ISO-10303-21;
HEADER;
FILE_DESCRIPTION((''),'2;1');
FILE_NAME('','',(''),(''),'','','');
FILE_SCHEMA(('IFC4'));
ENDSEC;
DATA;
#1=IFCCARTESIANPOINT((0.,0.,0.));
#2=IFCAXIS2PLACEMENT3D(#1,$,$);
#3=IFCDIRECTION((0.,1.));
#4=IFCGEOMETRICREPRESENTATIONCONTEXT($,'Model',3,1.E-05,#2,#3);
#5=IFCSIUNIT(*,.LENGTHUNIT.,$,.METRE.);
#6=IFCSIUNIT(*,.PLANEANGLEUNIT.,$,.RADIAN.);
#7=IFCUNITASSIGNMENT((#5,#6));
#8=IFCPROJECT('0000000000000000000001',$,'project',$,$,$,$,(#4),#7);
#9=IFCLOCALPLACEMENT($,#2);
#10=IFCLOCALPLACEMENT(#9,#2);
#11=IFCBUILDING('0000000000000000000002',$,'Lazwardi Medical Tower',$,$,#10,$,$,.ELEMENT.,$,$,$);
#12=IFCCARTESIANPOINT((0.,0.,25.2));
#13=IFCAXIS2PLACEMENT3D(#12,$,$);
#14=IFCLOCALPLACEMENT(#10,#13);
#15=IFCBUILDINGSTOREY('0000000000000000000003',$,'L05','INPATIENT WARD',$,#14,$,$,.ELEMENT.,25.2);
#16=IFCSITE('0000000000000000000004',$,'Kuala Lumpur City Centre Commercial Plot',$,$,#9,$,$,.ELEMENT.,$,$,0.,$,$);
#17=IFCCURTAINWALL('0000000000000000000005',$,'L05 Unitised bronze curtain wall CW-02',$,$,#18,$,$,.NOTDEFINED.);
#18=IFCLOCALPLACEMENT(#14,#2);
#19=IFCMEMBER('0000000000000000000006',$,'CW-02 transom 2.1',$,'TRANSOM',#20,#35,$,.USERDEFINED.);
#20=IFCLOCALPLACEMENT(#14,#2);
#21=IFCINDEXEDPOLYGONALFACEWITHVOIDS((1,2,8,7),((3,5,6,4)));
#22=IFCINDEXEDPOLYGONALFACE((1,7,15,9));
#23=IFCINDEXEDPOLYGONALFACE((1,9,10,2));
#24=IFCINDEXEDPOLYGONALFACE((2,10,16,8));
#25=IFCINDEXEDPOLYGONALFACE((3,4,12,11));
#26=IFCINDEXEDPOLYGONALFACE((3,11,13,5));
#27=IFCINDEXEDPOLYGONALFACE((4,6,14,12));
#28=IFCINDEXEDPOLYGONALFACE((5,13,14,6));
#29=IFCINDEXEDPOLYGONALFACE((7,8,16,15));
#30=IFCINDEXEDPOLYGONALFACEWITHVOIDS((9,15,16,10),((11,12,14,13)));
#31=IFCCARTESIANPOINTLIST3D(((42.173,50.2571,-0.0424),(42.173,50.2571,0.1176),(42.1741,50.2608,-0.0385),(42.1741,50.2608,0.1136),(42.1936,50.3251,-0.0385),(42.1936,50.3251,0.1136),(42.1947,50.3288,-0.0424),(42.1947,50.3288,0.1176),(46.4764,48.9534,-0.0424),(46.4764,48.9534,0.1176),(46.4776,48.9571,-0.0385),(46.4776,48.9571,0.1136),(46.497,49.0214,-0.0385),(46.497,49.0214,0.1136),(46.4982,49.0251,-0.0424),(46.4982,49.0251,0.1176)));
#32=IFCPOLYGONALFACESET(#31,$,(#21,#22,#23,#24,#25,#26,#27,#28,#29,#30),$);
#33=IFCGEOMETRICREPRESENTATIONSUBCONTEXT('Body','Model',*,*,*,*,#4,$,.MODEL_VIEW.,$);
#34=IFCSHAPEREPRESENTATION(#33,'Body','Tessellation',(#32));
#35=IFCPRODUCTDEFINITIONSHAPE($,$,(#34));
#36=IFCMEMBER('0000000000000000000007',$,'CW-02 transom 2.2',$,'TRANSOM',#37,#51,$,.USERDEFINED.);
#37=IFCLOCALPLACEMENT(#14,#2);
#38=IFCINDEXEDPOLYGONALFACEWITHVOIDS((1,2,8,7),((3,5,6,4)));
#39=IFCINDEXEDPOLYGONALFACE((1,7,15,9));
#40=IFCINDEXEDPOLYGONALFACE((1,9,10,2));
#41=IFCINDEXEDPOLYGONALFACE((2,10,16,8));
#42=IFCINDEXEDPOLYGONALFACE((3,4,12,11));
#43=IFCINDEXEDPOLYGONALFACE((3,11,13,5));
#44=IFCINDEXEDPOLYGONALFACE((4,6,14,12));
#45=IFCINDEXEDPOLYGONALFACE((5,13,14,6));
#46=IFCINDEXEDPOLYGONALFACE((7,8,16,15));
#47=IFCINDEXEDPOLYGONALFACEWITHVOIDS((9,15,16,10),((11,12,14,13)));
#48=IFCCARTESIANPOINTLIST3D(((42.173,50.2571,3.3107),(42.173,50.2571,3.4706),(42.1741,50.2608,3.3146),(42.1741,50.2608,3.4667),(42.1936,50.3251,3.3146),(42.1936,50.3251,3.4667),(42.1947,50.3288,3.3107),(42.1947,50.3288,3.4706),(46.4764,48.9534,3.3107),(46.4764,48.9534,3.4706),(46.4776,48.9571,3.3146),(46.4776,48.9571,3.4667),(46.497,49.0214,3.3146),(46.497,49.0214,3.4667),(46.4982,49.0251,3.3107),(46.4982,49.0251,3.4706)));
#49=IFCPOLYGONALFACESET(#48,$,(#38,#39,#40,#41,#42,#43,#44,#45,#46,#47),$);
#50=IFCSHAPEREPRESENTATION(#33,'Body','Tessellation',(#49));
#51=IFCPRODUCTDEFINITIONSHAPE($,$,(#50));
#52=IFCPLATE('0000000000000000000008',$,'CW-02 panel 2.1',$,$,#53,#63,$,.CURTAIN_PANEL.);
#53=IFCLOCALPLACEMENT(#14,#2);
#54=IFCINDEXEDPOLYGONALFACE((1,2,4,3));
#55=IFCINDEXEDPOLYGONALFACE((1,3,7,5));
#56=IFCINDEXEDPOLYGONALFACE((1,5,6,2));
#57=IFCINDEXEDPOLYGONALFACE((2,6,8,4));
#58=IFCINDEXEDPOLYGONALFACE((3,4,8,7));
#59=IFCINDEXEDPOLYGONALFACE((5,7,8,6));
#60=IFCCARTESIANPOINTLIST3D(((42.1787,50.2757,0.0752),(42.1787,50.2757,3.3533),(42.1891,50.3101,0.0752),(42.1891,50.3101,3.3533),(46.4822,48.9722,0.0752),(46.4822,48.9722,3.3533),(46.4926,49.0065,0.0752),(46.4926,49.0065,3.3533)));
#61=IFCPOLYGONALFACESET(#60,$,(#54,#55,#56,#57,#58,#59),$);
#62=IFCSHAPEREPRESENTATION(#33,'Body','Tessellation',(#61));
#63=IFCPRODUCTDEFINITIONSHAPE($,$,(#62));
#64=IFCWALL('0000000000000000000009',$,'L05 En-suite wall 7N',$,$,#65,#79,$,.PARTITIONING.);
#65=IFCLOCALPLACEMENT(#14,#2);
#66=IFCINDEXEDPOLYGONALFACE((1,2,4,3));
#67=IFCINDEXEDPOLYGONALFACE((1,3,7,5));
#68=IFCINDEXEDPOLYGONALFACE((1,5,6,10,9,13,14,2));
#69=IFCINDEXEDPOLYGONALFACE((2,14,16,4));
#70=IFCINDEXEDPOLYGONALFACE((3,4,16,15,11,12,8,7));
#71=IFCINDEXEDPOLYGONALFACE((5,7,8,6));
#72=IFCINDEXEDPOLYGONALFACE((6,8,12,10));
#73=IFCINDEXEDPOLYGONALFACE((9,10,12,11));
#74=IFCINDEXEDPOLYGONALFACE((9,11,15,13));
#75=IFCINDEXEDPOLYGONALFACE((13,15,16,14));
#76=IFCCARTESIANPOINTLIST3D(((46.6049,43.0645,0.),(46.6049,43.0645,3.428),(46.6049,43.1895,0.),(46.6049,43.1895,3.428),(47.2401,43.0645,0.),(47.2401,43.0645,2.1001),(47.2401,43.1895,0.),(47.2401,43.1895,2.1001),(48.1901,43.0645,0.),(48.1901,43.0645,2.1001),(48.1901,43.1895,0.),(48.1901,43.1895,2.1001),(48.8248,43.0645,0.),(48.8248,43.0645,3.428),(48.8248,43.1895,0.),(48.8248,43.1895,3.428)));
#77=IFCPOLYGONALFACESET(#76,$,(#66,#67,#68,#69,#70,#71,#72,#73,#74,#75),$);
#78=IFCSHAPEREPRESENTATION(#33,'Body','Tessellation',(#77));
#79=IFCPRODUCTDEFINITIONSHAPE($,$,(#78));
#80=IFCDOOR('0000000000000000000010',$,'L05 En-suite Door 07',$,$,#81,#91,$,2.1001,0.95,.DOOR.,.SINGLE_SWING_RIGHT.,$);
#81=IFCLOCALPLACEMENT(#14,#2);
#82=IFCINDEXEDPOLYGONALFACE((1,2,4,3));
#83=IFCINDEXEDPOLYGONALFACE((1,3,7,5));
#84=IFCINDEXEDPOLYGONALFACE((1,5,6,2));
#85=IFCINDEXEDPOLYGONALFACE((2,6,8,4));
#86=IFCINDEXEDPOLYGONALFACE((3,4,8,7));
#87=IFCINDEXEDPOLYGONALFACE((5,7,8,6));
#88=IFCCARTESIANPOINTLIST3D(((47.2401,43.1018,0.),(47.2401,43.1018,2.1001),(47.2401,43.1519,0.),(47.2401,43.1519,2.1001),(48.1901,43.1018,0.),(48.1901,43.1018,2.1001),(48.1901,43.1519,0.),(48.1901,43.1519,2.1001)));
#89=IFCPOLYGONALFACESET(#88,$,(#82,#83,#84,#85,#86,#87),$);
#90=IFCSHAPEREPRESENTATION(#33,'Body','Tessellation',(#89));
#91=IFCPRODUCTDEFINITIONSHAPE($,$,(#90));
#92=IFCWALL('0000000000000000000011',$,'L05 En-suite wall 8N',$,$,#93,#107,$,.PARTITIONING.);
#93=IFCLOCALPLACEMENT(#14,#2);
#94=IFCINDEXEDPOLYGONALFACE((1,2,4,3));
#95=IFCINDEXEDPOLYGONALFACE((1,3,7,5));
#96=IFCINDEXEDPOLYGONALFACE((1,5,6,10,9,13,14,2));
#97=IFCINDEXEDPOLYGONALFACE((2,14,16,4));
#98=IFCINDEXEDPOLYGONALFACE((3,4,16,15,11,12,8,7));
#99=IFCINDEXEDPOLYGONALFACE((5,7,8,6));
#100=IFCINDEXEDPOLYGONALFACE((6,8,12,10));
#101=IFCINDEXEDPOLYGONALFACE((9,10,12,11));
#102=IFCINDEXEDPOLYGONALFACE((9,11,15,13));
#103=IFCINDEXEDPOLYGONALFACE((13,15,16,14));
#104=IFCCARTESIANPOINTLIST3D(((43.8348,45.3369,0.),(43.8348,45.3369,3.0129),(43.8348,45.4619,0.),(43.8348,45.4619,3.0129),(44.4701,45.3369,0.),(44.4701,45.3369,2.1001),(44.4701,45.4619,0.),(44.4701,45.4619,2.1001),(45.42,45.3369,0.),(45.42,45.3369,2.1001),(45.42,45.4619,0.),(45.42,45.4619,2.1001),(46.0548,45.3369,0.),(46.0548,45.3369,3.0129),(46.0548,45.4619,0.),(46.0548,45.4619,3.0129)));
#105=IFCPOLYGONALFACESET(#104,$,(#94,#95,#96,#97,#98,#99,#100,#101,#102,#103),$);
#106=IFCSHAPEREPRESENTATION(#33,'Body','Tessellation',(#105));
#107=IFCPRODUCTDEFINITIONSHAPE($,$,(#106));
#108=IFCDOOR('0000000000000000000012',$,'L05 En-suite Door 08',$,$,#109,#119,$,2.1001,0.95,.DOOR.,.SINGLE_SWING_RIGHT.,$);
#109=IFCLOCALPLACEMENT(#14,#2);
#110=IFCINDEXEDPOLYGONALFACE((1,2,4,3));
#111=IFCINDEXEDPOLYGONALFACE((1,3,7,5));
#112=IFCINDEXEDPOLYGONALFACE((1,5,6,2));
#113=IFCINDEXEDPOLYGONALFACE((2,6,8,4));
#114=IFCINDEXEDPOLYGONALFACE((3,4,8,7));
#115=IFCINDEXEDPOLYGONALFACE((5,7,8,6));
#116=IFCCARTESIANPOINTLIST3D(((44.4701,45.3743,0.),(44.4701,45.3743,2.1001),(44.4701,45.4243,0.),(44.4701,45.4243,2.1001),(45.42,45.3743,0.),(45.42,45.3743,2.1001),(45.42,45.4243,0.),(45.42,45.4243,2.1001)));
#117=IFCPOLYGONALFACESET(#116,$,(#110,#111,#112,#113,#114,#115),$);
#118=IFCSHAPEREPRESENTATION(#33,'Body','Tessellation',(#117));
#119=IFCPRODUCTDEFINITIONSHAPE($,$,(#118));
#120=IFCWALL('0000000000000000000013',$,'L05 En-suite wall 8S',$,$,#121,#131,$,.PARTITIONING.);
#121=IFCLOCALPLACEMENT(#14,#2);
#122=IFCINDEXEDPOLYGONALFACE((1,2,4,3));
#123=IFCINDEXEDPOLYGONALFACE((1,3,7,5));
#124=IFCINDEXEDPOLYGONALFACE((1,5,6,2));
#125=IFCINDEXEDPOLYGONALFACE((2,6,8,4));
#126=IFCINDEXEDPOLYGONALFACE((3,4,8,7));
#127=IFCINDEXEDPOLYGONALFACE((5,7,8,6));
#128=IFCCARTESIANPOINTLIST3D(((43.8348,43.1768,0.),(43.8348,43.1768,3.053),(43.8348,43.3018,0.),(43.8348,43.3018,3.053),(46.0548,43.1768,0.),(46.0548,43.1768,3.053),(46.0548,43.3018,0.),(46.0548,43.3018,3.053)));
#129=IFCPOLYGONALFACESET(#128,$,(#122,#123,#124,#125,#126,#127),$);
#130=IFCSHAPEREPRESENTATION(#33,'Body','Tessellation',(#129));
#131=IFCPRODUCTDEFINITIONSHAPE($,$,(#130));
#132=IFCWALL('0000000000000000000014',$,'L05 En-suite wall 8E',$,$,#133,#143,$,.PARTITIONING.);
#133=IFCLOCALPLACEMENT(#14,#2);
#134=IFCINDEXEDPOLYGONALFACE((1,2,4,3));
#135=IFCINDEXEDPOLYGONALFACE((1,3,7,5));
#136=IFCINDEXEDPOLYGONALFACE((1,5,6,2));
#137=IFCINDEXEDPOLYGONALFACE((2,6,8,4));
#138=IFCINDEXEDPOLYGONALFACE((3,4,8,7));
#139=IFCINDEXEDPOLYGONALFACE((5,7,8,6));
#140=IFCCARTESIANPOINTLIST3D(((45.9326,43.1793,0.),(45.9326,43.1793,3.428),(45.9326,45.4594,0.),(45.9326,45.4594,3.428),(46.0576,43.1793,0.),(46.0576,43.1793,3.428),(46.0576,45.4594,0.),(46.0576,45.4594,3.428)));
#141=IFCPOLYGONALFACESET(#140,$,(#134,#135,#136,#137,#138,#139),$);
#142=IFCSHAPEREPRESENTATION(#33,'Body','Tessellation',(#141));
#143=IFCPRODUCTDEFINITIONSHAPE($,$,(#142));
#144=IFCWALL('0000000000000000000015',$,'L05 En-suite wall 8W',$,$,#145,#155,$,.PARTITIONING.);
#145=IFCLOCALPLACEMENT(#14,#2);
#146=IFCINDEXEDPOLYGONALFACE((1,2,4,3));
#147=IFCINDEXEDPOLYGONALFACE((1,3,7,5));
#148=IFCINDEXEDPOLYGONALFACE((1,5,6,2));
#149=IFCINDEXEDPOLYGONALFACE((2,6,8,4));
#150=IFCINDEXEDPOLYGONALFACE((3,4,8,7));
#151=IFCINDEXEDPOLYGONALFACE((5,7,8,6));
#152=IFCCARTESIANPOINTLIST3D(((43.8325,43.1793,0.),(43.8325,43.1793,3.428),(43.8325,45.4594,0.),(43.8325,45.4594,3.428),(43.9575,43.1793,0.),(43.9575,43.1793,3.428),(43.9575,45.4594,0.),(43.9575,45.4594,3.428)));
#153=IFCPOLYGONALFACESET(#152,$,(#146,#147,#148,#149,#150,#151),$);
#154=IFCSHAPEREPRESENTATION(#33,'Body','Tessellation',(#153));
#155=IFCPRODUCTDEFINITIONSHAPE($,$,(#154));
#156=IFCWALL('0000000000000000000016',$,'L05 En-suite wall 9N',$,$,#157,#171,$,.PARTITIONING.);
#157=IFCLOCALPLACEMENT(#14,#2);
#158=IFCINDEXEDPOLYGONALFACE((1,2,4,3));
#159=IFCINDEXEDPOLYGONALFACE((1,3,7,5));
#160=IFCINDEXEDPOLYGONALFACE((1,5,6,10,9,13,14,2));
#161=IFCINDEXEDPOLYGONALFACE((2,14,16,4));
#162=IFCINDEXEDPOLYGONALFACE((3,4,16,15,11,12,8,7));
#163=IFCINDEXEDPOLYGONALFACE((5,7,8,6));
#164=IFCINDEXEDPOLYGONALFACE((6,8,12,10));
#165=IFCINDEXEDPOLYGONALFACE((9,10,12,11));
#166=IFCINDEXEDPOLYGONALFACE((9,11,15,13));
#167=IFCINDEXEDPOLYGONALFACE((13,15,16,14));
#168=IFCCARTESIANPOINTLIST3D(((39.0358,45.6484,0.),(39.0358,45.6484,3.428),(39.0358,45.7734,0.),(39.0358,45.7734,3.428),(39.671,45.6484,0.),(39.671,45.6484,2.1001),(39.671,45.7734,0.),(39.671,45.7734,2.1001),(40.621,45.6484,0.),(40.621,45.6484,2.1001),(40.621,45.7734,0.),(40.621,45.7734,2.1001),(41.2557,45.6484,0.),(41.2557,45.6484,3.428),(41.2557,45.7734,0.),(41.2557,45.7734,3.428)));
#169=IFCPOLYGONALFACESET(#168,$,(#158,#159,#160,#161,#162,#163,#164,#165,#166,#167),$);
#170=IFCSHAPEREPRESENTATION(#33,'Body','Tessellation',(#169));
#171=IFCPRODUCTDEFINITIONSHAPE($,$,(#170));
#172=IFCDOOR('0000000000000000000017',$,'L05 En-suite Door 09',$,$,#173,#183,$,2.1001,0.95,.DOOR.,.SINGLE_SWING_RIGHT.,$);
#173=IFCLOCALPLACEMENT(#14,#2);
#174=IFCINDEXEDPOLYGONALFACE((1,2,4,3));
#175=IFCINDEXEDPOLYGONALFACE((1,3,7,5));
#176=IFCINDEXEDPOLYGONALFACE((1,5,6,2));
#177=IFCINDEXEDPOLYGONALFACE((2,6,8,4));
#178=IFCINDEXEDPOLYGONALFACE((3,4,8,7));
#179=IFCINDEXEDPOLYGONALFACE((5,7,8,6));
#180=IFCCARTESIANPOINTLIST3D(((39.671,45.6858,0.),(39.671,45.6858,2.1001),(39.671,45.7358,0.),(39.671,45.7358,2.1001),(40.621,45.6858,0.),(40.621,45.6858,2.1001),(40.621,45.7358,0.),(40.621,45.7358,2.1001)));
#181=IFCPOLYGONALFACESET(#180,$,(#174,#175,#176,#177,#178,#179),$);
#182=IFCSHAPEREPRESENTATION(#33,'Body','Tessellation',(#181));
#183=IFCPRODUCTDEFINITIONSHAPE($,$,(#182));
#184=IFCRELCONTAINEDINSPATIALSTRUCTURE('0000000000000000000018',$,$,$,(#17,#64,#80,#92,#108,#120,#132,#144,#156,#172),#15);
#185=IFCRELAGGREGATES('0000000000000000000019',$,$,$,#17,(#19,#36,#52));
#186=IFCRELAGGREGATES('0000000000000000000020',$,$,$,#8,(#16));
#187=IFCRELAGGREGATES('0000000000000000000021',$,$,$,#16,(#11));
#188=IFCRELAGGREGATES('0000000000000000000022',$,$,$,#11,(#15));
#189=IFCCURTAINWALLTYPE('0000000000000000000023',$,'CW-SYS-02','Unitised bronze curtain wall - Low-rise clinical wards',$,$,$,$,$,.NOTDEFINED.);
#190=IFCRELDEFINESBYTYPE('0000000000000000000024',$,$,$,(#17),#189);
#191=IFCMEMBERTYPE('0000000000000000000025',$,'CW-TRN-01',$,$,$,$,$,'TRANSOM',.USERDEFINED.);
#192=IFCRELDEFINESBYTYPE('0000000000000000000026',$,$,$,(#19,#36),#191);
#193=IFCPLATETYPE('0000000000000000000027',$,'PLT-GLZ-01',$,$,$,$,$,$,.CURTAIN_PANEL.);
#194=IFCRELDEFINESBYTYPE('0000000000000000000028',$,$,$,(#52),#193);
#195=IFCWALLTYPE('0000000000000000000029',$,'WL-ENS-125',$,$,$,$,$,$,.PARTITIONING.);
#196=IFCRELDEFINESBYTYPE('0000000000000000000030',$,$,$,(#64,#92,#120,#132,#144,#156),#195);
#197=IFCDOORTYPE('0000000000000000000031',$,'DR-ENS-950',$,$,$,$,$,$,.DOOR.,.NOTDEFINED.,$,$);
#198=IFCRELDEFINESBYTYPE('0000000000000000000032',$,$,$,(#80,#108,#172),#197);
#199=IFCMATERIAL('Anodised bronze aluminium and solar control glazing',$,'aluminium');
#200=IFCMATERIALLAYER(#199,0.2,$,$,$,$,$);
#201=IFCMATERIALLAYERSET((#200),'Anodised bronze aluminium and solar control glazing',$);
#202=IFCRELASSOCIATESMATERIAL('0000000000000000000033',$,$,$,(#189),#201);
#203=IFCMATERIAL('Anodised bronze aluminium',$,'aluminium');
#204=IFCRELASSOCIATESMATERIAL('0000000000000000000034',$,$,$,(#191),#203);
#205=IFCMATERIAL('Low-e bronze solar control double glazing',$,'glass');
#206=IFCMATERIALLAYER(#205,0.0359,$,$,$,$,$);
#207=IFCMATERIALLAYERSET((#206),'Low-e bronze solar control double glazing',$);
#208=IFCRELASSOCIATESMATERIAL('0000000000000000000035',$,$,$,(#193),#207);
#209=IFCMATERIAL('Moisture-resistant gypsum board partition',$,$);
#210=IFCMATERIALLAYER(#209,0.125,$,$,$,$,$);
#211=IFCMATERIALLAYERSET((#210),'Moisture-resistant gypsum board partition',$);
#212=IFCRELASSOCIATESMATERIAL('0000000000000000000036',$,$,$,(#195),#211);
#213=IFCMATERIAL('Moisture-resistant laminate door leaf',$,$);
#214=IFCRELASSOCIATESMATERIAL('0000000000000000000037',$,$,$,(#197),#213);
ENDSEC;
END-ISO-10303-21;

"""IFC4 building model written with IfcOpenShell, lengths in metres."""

from ifc_helpers import new_model, si_unit, direction, frame, frame_2d, origin, origin_2d, place, context, subcontext, project, spatial, rectangle, hollow_rectangle, extrude, material, layer, layer_set, material_profile, profile_set, type_object, element, fill, aggregate, save


model = new_model("IFC4")

# Units and contexts
model_context = context("Model", 3, precision=1e-05, world=origin(), true_north=direction((0.0, 1.0)))
body_context = subcontext(model_context, "Body", "Model", "MODEL_VIEW")
ifc_project = project(units=[si_unit("LENGTHUNIT", "METRE"), si_unit("PLANEANGLEUNIT", "RADIAN")], contexts=[model_context])

# Site, building, storey
site_placement = place(None, origin())
site = spatial("IfcSite", under=ifc_project, at=site_placement, Name="Kuala Lumpur City Centre Commercial Plot", CompositionType="ELEMENT", RefElevation=0.0)
building_placement = place(site_placement, origin())
building = spatial("IfcBuilding", under=site, at=building_placement, Name="Lazwardi Medical Tower", CompositionType="ELEMENT")
storey_placement = place(building_placement, frame((0.0, 0.0, 25.2)))
storey = spatial("IfcBuildingStorey", under=building, at=storey_placement, Name="L05", Description="INPATIENT WARD", CompositionType="ELEMENT", Elevation=25.2)

# Curtain wall, members, plate
ifc_material_1 = material(Name="Anodised bronze aluminium and solar control glazing", Category="aluminium")
ifc_layer_1 = layer(ifc_material_1, 0.2)
ifc_layer_set_1 = layer_set([ifc_layer_1], Name="Anodised bronze aluminium and solar control glazing")
curtain_wall_type = type_object("IfcCurtainWallType", Name="CW-SYS-02", Description="Unitised bronze curtain wall - Low-rise clinical wards", PredefinedType="NOTDEFINED", material=ifc_layer_set_1)
curtain_wall_placement = place(storey_placement, origin())
curtain_wall = element("IfcCurtainWall", 1, at=curtain_wall_placement, inside=storey, type_object=curtain_wall_type, Name="L05 Unitised bronze curtain wall CW-02", PredefinedType="NOTDEFINED")
ifc_material_2 = material(Name="Anodised bronze aluminium", Category="aluminium")
ifc_material_profile_1 = material_profile(ifc_material_2, hollow_rectangle(XDim=0.075, YDim=0.1599, WallThickness=0.0039, at=origin_2d()), Name="ALU-TRANSOM 160x75x4")
ifc_profile_set_1 = profile_set([ifc_material_profile_1], Name="Anodised bronze aluminium")
member_type_1 = type_object("IfcMemberType", Name="CW-TRN-01", ElementType="TRANSOM", PredefinedType="USERDEFINED", material=ifc_profile_set_1)
member_1_placement = place(storey_placement, frame((46.4873, 48.9893, 0.0376), z_axis=(-0.957047, 0.289932, 0.0), x_axis=(-0.289932, -0.957047, 0.0)))
member_1 = element("IfcMember", 2, at=member_1_placement, type_object=member_type_1, Name="CW-02 transom 2.1", ObjectType="TRANSOM", PredefinedType="USERDEFINED", context=body_context, shape_type="SweptSolid", body=[
    extrude(hollow_rectangle(XDim=0.075, YDim=0.1599, WallThickness=0.0039, at=origin_2d()), origin(), (0.0, 0.0, 1.0), 4.4966),
])
member_2_placement = place(storey_placement, frame((46.4873, 48.9893, 3.3906), z_axis=(-0.957047, 0.289932, 0.0), x_axis=(-0.289932, -0.957047, 0.0)))
member_2 = element("IfcMember", 3, at=member_2_placement, type_object=member_type_1, Name="CW-02 transom 2.2", ObjectType="TRANSOM", PredefinedType="USERDEFINED", context=body_context, shape_type="SweptSolid", body=[
    extrude(hollow_rectangle(XDim=0.075, YDim=0.1599, WallThickness=0.0039, at=origin_2d()), origin(), (0.0, 0.0, 1.0), 4.4966),
])
ifc_material_3 = material(Name="Low-e bronze solar control double glazing", Category="glass")
ifc_layer_2 = layer(ifc_material_3, 0.0359)
ifc_layer_set_2 = layer_set([ifc_layer_2], Name="Low-e bronze solar control double glazing")
plate_type = type_object("IfcPlateType", Name="PLT-GLZ-01", PredefinedType="CURTAIN_PANEL", material=ifc_layer_set_2)
plate_placement = place(storey_placement, frame((44.3357, 49.6411, 0.0752), z_axis=(0.0, 0.0, 1.0), x_axis=(-0.957058, 0.289896, 0.0)))
plate = element("IfcPlate", 4, at=plate_placement, type_object=plate_type, Name="CW-02 panel 2.1", PredefinedType="CURTAIN_PANEL", context=body_context, shape_type="SweptSolid", body=[
    extrude(rectangle(XDim=4.4966, YDim=0.0359, at=origin_2d()), origin(), (0.0, 0.0, 1.0), 3.2781),
])
aggregate(curtain_wall, [member_1, member_2, plate])

# Walls, openings, doors
ifc_material_4 = material(Name="Moisture-resistant gypsum board partition")
ifc_layer_3 = layer(ifc_material_4, 0.125)
ifc_layer_set_3 = layer_set([ifc_layer_3], Name="Moisture-resistant gypsum board partition")
wall_type_1 = type_object("IfcWallType", Name="WL-ENS-125", PredefinedType="PARTITIONING", material=ifc_layer_set_3)
wall_1_placement = place(storey_placement, frame((46.605, 43.127, 0.0), z_axis=(0.0, 0.0, 1.0), x_axis=(1.0, 0.0, 0.0)))
wall_1 = element("IfcWall", 5, at=wall_1_placement, inside=storey, type_object=wall_type_1, Name="L05 En-suite wall 7N", PredefinedType="PARTITIONING", context=body_context, shape_type="SweptSolid", body=[
    extrude(rectangle(XDim=2.22, YDim=0.125, at=frame_2d((1.1099, 0.0))), origin(), (0.0, 0.0, 1.0), 3.428),
])
opening_1_placement = place(wall_1_placement, frame((0.635, 0.0, 0.0)))
opening_1 = element("IfcOpeningElement", 6, at=opening_1_placement, cuts=wall_1, PredefinedType="OPENING", context=body_context, shape_type="SweptSolid", body=[
    extrude(rectangle(XDim=0.95, YDim=2.1001, at=frame_2d((0.4751, 1.05))), frame((0.0, 0.0725, 0.0), z_axis=(0.0, -1.0, 0.0), x_axis=(1.0, 0.0, 0.0)), (0.0, 0.0, 1.0), 0.145),
])
ifc_material_5 = material(Name="Moisture-resistant laminate door leaf")
door_type = type_object("IfcDoorType", Name="DR-ENS-950", OperationType="NOTDEFINED", PredefinedType="DOOR", material=ifc_material_5)
door_1_placement = place(opening_1_placement, origin())
door_1 = element("IfcDoor", 7, at=door_1_placement, inside=storey, type_object=door_type, Name="L05 En-suite Door 07", OperationType="SINGLE_SWING_RIGHT", OverallHeight=2.1001, OverallWidth=0.95, PredefinedType="DOOR", context=body_context, shape_type="SweptSolid", body=[
    extrude(rectangle(XDim=0.95, YDim=2.1001, at=frame_2d((0.4751, 1.05))), frame((0.0, 0.0249, 0.0), z_axis=(0.0, -1.0, 0.0), x_axis=(1.0, 0.0, 0.0)), (0.0, 0.0, 1.0), 0.05),
])
fill(opening_1, door_1)
wall_2_placement = place(storey_placement, frame((43.835, 45.3994, 0.0), z_axis=(0.0, 0.0, 1.0), x_axis=(1.0, 0.0, 0.0)))
wall_2 = element("IfcWall", 8, at=wall_2_placement, inside=storey, type_object=wall_type_1, Name="L05 En-suite wall 8N", PredefinedType="PARTITIONING", context=body_context, shape_type="SweptSolid", body=[
    extrude(rectangle(XDim=2.22, YDim=0.125, at=frame_2d((1.1099, 0.0))), origin(), (0.0, 0.0, 1.0), 3.0129),
])
opening_2_placement = place(wall_2_placement, frame((0.635, 0.0, 0.0)))
opening_2 = element("IfcOpeningElement", 9, at=opening_2_placement, cuts=wall_2, PredefinedType="OPENING", context=body_context, shape_type="SweptSolid", body=[
    extrude(rectangle(XDim=0.95, YDim=2.1001, at=frame_2d((0.4751, 1.05))), frame((0.0, 0.0725, 0.0), z_axis=(0.0, -1.0, 0.0), x_axis=(1.0, 0.0, 0.0)), (0.0, 0.0, 1.0), 0.145),
])
door_2_placement = place(opening_2_placement, origin())
door_2 = element("IfcDoor", 10, at=door_2_placement, inside=storey, type_object=door_type, Name="L05 En-suite Door 08", OperationType="SINGLE_SWING_RIGHT", OverallHeight=2.1001, OverallWidth=0.95, PredefinedType="DOOR", context=body_context, shape_type="SweptSolid", body=[
    extrude(rectangle(XDim=0.95, YDim=2.1001, at=frame_2d((0.4751, 1.05))), frame((0.0, 0.0249, 0.0), z_axis=(0.0, -1.0, 0.0), x_axis=(1.0, 0.0, 0.0)), (0.0, 0.0, 1.0), 0.05),
])
fill(opening_2, door_2)

# Walls
wall_3_placement = place(storey_placement, frame((43.835, 43.2393, 0.0), z_axis=(0.0, 0.0, 1.0), x_axis=(1.0, 0.0, 0.0)))
element("IfcWall", 11, at=wall_3_placement, inside=storey, type_object=wall_type_1, Name="L05 En-suite wall 8S", PredefinedType="PARTITIONING", context=body_context, shape_type="SweptSolid", body=[
    extrude(rectangle(XDim=2.22, YDim=0.125, at=frame_2d((1.1099, 0.0))), origin(), (0.0, 0.0, 1.0), 3.053),
])
for number, where, z_axis, x_axis, name in (
    (12, (45.9951, 43.1792, 0.0), (0.0, 0.0, 1.0), (0.0, 1.0, 0.0), "L05 En-suite wall 8E"),
    (13, (43.895, 43.1792, 0.0), (0.0, 0.0, 1.0), (0.0, 1.0, 0.0), "L05 En-suite wall 8W"),
):
    element("IfcWall", number, at=place(storey_placement, frame(where, z_axis=z_axis, x_axis=x_axis)), inside=storey, type_object=wall_type_1, Name=name, PredefinedType="PARTITIONING", context=body_context, shape_type="SweptSolid", body=[
        extrude(rectangle(XDim=2.28, YDim=0.125, at=frame_2d((1.1401, 0.0))), origin(), (0.0, 0.0, 1.0), 3.428),
    ])

# Wall, opening, door
wall_4_placement = place(storey_placement, frame((39.0359, 45.7109, 0.0), z_axis=(0.0, 0.0, 1.0), x_axis=(1.0, 0.0, 0.0)))
wall_4 = element("IfcWall", 14, at=wall_4_placement, inside=storey, type_object=wall_type_1, Name="L05 En-suite wall 9N", PredefinedType="PARTITIONING", context=body_context, shape_type="SweptSolid", body=[
    extrude(rectangle(XDim=2.22, YDim=0.125, at=frame_2d((1.1099, 0.0))), origin(), (0.0, 0.0, 1.0), 3.428),
])
opening_3_placement = place(wall_4_placement, frame((0.635, 0.0, 0.0)))
opening_3 = element("IfcOpeningElement", 15, at=opening_3_placement, cuts=wall_4, PredefinedType="OPENING", context=body_context, shape_type="SweptSolid", body=[
    extrude(rectangle(XDim=0.95, YDim=2.1001, at=frame_2d((0.4751, 1.05))), frame((0.0, 0.0725, 0.0), z_axis=(0.0, -1.0, 0.0), x_axis=(1.0, 0.0, 0.0)), (0.0, 0.0, 1.0), 0.145),
])
door_3_placement = place(opening_3_placement, origin())
door_3 = element("IfcDoor", 16, at=door_3_placement, inside=storey, type_object=door_type, Name="L05 En-suite Door 09", OperationType="SINGLE_SWING_RIGHT", OverallHeight=2.1001, OverallWidth=0.95, PredefinedType="DOOR", context=body_context, shape_type="SweptSolid", body=[
    extrude(rectangle(XDim=0.95, YDim=2.1001, at=frame_2d((0.4751, 1.05))), frame((0.0, 0.0249, 0.0), z_axis=(0.0, -1.0, 0.0), x_axis=(1.0, 0.0, 0.0)), (0.0, 0.0, 1.0), 0.05),
])
fill(opening_3, door_3)

save(model, "model.ifc")
